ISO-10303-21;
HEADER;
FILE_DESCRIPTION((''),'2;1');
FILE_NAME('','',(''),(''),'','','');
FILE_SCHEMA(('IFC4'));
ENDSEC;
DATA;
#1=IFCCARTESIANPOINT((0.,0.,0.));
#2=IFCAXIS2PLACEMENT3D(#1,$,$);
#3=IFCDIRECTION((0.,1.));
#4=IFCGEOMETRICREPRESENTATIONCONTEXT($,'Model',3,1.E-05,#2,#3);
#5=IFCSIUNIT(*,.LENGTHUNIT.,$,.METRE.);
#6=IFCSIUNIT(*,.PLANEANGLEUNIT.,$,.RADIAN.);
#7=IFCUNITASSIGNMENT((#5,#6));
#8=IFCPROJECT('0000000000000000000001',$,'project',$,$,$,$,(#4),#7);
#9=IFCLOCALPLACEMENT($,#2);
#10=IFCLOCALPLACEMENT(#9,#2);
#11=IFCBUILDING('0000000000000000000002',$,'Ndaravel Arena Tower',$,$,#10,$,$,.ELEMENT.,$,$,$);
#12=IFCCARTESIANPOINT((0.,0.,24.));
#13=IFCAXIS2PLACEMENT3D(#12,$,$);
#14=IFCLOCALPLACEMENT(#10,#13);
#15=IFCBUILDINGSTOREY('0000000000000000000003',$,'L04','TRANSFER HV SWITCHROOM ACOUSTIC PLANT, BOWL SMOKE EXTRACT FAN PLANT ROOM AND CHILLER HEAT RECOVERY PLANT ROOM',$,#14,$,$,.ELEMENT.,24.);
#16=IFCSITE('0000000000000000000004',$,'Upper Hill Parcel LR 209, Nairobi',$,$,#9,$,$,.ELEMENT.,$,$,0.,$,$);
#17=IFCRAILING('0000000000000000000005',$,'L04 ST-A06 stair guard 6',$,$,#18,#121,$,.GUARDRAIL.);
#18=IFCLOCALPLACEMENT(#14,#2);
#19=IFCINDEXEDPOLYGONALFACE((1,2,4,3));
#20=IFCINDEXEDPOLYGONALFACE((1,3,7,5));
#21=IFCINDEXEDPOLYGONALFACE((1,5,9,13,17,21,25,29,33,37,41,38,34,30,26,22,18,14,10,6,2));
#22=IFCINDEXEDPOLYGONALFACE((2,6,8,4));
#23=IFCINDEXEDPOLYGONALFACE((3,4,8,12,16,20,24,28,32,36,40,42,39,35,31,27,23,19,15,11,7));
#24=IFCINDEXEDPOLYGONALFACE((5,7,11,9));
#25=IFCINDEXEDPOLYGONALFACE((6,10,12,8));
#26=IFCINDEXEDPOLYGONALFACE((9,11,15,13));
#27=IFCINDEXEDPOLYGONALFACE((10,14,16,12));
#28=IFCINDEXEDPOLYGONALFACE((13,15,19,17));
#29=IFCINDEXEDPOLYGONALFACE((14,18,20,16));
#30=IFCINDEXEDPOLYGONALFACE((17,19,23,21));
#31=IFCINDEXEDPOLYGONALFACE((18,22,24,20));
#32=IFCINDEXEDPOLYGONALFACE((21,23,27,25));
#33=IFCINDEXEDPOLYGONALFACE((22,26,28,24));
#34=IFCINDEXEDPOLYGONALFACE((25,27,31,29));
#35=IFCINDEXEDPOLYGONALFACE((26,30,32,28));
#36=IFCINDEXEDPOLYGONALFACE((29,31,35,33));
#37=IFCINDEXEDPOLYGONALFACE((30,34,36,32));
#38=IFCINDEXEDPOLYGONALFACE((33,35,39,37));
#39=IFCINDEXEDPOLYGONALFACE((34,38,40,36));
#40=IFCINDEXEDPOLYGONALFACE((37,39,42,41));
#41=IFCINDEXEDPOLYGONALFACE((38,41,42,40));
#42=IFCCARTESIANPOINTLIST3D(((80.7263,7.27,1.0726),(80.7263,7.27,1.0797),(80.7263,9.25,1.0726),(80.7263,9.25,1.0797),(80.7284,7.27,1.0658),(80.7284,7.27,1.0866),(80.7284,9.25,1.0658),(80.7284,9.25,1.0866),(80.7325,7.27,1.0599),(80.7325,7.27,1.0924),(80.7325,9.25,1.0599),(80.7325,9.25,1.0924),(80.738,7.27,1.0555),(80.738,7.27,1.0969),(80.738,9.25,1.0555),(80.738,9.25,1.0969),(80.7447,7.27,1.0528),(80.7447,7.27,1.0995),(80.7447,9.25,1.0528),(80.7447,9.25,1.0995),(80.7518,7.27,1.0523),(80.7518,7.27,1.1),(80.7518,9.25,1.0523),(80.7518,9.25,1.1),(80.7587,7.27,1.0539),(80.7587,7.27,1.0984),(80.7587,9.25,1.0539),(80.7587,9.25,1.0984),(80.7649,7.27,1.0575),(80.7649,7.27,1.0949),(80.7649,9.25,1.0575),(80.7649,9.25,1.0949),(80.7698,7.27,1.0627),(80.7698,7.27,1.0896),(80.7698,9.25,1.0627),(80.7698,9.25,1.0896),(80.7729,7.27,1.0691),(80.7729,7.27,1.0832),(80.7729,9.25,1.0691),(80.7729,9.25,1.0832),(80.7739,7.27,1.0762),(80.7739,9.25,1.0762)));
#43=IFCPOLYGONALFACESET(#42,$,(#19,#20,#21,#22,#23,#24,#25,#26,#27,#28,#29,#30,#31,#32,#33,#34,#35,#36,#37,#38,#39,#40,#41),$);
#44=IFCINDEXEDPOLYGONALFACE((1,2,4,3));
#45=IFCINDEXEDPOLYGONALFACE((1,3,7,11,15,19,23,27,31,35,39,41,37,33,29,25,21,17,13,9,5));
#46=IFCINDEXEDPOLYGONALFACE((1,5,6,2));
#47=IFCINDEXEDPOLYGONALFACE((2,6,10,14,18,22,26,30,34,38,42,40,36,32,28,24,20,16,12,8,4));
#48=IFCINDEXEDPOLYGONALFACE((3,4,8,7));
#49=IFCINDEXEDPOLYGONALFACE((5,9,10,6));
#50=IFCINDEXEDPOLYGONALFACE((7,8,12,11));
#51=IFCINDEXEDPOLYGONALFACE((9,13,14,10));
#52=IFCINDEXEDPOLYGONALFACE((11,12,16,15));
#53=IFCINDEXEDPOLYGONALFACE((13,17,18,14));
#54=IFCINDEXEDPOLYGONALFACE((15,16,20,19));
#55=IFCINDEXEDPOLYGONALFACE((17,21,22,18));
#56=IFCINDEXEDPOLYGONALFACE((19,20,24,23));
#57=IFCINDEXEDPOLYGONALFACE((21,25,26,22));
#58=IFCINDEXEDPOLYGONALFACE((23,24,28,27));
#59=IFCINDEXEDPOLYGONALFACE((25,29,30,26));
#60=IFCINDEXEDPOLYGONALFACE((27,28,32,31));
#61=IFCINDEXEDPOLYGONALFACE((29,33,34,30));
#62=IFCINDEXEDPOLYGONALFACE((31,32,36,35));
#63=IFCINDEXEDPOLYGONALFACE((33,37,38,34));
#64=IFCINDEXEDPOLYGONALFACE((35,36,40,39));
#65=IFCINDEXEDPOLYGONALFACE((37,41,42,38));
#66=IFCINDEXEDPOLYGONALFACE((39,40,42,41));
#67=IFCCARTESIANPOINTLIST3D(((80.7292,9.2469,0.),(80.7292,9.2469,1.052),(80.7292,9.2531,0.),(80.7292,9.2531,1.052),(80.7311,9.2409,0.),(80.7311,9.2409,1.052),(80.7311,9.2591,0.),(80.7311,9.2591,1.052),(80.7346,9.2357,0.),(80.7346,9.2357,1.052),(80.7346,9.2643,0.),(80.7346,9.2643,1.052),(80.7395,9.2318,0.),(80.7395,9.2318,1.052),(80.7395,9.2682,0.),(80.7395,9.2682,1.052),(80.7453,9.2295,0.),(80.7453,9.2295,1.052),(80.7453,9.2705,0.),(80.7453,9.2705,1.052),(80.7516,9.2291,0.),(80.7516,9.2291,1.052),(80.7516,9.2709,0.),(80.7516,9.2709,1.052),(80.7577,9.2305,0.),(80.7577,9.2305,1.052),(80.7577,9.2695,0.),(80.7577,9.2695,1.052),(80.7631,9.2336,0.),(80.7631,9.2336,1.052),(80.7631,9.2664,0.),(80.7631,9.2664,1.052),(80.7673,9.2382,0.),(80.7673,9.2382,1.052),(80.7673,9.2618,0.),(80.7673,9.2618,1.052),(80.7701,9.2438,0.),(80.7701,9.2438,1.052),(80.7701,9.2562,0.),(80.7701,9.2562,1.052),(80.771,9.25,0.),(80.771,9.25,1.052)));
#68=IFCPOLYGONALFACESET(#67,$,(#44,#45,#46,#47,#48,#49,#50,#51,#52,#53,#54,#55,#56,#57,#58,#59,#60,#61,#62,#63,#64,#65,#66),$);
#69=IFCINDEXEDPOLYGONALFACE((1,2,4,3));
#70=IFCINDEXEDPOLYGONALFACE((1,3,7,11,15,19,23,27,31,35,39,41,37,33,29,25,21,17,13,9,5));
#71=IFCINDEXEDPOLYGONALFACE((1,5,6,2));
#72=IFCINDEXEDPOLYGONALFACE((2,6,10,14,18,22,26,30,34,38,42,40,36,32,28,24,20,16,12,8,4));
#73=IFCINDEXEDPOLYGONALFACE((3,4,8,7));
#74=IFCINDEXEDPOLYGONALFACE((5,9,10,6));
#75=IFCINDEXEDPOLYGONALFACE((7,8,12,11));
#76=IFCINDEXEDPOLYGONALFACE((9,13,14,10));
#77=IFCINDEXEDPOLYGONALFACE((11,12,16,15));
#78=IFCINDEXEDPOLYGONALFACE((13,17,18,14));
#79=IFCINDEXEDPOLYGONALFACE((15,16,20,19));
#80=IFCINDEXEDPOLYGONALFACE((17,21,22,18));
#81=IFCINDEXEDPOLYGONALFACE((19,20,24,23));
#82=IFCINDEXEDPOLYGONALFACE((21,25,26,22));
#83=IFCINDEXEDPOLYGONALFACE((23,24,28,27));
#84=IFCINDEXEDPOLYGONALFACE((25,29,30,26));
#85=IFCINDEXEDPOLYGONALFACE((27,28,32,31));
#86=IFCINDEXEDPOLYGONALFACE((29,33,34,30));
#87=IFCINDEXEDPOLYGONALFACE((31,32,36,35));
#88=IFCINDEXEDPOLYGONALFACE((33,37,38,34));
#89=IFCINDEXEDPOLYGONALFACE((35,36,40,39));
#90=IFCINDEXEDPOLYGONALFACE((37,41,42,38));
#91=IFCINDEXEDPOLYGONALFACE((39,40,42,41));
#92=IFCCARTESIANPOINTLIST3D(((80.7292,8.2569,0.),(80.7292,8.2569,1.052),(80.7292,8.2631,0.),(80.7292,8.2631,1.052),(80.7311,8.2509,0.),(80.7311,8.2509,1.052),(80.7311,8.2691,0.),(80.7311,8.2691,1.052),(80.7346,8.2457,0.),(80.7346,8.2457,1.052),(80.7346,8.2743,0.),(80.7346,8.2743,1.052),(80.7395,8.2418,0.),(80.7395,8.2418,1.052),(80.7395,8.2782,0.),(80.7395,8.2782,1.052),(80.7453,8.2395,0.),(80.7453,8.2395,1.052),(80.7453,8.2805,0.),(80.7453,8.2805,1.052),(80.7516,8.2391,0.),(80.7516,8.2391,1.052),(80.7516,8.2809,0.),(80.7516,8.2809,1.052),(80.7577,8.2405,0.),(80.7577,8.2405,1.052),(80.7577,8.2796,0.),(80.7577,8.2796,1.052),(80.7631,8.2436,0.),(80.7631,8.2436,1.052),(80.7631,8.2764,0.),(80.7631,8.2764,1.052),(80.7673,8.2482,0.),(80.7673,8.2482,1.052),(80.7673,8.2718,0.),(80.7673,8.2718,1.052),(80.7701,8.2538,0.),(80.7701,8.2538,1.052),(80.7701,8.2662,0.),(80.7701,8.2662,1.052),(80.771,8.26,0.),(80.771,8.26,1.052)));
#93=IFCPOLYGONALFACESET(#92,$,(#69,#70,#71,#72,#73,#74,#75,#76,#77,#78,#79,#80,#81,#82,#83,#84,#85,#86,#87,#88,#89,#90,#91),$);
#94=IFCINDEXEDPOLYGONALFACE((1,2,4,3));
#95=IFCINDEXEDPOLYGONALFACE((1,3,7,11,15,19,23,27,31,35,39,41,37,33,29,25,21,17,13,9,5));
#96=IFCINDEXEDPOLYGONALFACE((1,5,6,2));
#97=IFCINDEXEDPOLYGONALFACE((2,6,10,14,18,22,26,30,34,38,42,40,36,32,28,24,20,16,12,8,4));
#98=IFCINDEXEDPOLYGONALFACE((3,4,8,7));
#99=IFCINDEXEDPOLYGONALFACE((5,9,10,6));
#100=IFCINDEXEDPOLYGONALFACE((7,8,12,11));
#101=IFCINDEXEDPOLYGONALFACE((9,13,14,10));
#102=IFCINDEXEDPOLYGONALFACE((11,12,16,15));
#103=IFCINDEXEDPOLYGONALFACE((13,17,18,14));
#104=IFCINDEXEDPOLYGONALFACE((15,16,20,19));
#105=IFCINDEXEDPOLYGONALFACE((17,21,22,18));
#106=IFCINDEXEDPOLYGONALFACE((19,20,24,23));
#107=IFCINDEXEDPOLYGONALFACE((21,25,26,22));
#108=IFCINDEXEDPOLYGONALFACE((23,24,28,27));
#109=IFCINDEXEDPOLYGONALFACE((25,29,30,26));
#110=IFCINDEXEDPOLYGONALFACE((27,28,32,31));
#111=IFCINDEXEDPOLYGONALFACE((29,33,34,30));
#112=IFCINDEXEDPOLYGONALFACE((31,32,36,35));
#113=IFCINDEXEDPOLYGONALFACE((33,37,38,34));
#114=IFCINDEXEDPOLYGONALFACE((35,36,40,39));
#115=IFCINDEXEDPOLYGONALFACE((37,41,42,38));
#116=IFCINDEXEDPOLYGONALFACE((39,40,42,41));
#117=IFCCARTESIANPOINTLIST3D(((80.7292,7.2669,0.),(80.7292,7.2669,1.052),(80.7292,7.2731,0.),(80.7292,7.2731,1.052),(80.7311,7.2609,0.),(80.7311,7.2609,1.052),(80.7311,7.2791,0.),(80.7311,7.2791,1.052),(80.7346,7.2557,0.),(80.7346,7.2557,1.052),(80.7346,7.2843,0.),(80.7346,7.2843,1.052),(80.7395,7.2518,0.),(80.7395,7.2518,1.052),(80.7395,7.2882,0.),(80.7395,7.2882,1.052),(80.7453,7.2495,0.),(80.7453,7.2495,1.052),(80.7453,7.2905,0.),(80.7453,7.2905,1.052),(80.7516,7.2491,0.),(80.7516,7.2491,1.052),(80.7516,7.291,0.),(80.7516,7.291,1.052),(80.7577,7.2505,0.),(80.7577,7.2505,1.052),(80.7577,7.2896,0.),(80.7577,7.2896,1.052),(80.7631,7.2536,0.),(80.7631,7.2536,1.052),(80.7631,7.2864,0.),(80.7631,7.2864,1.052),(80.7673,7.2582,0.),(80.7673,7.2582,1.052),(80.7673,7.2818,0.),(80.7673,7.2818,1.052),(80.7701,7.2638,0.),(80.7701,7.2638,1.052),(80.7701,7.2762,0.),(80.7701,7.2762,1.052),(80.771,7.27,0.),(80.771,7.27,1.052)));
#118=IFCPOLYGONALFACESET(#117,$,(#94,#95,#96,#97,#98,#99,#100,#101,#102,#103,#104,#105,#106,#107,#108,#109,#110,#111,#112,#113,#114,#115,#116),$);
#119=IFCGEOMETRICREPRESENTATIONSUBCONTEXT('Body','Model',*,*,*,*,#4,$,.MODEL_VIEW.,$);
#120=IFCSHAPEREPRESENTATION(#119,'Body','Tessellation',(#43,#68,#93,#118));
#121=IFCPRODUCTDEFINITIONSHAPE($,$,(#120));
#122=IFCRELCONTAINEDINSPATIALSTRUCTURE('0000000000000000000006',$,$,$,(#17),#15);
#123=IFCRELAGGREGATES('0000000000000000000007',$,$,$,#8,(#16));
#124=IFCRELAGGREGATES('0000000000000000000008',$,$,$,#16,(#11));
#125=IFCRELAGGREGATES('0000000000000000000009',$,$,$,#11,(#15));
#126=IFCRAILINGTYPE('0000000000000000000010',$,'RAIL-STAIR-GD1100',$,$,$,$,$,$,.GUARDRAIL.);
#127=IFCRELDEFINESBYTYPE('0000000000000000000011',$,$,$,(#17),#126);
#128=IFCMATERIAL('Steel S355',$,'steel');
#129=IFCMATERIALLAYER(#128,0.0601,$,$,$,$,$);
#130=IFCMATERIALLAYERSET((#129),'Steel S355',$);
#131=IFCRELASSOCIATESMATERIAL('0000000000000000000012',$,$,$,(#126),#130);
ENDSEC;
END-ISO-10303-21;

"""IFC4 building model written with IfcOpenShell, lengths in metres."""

from ifc_helpers import new_model, si_unit, direction, frame, origin, origin_2d, place, context, subcontext, project, spatial, circle, extrude, material, layer, layer_set, type_object, element, save


model = new_model("IFC4")

# Units and contexts
model_context = context("Model", 3, precision=1e-05, world=origin(), true_north=direction((0.0, 1.0)))
body_context = subcontext(model_context, "Body", "Model", "MODEL_VIEW")
ifc_project = project(units=[si_unit("LENGTHUNIT", "METRE"), si_unit("PLANEANGLEUNIT", "RADIAN")], contexts=[model_context])

# Site, building, storey
site_placement = place(None, origin())
site = spatial("IfcSite", under=ifc_project, at=site_placement, Name="Upper Hill Parcel LR 209, Nairobi", CompositionType="ELEMENT", RefElevation=0.0)
building_placement = place(site_placement, origin())
building = spatial("IfcBuilding", under=site, at=building_placement, Name="Ndaravel Arena Tower", CompositionType="ELEMENT")
storey_placement = place(building_placement, frame((0.0, 0.0, 24.0)))
storey = spatial("IfcBuildingStorey", under=building, at=storey_placement, Name="L04", Description="TRANSFER HV SWITCHROOM ACOUSTIC PLANT, BOWL SMOKE EXTRACT FAN PLANT ROOM AND CHILLER HEAT RECOVERY PLANT ROOM", CompositionType="ELEMENT", Elevation=24.0)

# Railing
ifc_material_1 = material(Name="Steel S355", Category="steel")
ifc_layer_1 = layer(ifc_material_1, 0.0601)
ifc_layer_set_1 = layer_set([ifc_layer_1], Name="Steel S355")
railing_type = type_object("IfcRailingType", Name="RAIL-STAIR-GD1100", PredefinedType="GUARDRAIL", material=ifc_layer_set_1)
for number, where, name in (
    (1, (80.75, 9.25, 0.0), "L04 ST-A06 stair guard 6"),
):
    element("IfcRailing", number, at=place(storey_placement, frame(where)), inside=storey, type_object=railing_type, Name=name, PredefinedType="GUARDRAIL", context=body_context, shape_type="SweptSolid", body=[
        extrude(circle(Radius=0.0239, at=origin_2d()), frame((0.0, 0.0, 1.0762), z_axis=(0.0, -1.0, 0.0), x_axis=(1.0, 0.0, 0.0)), (0.0, 0.0, 1.0), 1.98),
        extrude(circle(Radius=0.021, at=origin_2d()), origin(), (0.0, 0.0, 1.0), 1.052),
        extrude(circle(Radius=0.021, at=origin_2d()), frame((0.0, -0.99, 0.0)), (0.0, 0.0, 1.0), 1.052),
        extrude(circle(Radius=0.021, at=origin_2d()), frame((0.0, -1.98, 0.0)), (0.0, 0.0, 1.0), 1.052),
    ])

save(model, "model.ifc")
